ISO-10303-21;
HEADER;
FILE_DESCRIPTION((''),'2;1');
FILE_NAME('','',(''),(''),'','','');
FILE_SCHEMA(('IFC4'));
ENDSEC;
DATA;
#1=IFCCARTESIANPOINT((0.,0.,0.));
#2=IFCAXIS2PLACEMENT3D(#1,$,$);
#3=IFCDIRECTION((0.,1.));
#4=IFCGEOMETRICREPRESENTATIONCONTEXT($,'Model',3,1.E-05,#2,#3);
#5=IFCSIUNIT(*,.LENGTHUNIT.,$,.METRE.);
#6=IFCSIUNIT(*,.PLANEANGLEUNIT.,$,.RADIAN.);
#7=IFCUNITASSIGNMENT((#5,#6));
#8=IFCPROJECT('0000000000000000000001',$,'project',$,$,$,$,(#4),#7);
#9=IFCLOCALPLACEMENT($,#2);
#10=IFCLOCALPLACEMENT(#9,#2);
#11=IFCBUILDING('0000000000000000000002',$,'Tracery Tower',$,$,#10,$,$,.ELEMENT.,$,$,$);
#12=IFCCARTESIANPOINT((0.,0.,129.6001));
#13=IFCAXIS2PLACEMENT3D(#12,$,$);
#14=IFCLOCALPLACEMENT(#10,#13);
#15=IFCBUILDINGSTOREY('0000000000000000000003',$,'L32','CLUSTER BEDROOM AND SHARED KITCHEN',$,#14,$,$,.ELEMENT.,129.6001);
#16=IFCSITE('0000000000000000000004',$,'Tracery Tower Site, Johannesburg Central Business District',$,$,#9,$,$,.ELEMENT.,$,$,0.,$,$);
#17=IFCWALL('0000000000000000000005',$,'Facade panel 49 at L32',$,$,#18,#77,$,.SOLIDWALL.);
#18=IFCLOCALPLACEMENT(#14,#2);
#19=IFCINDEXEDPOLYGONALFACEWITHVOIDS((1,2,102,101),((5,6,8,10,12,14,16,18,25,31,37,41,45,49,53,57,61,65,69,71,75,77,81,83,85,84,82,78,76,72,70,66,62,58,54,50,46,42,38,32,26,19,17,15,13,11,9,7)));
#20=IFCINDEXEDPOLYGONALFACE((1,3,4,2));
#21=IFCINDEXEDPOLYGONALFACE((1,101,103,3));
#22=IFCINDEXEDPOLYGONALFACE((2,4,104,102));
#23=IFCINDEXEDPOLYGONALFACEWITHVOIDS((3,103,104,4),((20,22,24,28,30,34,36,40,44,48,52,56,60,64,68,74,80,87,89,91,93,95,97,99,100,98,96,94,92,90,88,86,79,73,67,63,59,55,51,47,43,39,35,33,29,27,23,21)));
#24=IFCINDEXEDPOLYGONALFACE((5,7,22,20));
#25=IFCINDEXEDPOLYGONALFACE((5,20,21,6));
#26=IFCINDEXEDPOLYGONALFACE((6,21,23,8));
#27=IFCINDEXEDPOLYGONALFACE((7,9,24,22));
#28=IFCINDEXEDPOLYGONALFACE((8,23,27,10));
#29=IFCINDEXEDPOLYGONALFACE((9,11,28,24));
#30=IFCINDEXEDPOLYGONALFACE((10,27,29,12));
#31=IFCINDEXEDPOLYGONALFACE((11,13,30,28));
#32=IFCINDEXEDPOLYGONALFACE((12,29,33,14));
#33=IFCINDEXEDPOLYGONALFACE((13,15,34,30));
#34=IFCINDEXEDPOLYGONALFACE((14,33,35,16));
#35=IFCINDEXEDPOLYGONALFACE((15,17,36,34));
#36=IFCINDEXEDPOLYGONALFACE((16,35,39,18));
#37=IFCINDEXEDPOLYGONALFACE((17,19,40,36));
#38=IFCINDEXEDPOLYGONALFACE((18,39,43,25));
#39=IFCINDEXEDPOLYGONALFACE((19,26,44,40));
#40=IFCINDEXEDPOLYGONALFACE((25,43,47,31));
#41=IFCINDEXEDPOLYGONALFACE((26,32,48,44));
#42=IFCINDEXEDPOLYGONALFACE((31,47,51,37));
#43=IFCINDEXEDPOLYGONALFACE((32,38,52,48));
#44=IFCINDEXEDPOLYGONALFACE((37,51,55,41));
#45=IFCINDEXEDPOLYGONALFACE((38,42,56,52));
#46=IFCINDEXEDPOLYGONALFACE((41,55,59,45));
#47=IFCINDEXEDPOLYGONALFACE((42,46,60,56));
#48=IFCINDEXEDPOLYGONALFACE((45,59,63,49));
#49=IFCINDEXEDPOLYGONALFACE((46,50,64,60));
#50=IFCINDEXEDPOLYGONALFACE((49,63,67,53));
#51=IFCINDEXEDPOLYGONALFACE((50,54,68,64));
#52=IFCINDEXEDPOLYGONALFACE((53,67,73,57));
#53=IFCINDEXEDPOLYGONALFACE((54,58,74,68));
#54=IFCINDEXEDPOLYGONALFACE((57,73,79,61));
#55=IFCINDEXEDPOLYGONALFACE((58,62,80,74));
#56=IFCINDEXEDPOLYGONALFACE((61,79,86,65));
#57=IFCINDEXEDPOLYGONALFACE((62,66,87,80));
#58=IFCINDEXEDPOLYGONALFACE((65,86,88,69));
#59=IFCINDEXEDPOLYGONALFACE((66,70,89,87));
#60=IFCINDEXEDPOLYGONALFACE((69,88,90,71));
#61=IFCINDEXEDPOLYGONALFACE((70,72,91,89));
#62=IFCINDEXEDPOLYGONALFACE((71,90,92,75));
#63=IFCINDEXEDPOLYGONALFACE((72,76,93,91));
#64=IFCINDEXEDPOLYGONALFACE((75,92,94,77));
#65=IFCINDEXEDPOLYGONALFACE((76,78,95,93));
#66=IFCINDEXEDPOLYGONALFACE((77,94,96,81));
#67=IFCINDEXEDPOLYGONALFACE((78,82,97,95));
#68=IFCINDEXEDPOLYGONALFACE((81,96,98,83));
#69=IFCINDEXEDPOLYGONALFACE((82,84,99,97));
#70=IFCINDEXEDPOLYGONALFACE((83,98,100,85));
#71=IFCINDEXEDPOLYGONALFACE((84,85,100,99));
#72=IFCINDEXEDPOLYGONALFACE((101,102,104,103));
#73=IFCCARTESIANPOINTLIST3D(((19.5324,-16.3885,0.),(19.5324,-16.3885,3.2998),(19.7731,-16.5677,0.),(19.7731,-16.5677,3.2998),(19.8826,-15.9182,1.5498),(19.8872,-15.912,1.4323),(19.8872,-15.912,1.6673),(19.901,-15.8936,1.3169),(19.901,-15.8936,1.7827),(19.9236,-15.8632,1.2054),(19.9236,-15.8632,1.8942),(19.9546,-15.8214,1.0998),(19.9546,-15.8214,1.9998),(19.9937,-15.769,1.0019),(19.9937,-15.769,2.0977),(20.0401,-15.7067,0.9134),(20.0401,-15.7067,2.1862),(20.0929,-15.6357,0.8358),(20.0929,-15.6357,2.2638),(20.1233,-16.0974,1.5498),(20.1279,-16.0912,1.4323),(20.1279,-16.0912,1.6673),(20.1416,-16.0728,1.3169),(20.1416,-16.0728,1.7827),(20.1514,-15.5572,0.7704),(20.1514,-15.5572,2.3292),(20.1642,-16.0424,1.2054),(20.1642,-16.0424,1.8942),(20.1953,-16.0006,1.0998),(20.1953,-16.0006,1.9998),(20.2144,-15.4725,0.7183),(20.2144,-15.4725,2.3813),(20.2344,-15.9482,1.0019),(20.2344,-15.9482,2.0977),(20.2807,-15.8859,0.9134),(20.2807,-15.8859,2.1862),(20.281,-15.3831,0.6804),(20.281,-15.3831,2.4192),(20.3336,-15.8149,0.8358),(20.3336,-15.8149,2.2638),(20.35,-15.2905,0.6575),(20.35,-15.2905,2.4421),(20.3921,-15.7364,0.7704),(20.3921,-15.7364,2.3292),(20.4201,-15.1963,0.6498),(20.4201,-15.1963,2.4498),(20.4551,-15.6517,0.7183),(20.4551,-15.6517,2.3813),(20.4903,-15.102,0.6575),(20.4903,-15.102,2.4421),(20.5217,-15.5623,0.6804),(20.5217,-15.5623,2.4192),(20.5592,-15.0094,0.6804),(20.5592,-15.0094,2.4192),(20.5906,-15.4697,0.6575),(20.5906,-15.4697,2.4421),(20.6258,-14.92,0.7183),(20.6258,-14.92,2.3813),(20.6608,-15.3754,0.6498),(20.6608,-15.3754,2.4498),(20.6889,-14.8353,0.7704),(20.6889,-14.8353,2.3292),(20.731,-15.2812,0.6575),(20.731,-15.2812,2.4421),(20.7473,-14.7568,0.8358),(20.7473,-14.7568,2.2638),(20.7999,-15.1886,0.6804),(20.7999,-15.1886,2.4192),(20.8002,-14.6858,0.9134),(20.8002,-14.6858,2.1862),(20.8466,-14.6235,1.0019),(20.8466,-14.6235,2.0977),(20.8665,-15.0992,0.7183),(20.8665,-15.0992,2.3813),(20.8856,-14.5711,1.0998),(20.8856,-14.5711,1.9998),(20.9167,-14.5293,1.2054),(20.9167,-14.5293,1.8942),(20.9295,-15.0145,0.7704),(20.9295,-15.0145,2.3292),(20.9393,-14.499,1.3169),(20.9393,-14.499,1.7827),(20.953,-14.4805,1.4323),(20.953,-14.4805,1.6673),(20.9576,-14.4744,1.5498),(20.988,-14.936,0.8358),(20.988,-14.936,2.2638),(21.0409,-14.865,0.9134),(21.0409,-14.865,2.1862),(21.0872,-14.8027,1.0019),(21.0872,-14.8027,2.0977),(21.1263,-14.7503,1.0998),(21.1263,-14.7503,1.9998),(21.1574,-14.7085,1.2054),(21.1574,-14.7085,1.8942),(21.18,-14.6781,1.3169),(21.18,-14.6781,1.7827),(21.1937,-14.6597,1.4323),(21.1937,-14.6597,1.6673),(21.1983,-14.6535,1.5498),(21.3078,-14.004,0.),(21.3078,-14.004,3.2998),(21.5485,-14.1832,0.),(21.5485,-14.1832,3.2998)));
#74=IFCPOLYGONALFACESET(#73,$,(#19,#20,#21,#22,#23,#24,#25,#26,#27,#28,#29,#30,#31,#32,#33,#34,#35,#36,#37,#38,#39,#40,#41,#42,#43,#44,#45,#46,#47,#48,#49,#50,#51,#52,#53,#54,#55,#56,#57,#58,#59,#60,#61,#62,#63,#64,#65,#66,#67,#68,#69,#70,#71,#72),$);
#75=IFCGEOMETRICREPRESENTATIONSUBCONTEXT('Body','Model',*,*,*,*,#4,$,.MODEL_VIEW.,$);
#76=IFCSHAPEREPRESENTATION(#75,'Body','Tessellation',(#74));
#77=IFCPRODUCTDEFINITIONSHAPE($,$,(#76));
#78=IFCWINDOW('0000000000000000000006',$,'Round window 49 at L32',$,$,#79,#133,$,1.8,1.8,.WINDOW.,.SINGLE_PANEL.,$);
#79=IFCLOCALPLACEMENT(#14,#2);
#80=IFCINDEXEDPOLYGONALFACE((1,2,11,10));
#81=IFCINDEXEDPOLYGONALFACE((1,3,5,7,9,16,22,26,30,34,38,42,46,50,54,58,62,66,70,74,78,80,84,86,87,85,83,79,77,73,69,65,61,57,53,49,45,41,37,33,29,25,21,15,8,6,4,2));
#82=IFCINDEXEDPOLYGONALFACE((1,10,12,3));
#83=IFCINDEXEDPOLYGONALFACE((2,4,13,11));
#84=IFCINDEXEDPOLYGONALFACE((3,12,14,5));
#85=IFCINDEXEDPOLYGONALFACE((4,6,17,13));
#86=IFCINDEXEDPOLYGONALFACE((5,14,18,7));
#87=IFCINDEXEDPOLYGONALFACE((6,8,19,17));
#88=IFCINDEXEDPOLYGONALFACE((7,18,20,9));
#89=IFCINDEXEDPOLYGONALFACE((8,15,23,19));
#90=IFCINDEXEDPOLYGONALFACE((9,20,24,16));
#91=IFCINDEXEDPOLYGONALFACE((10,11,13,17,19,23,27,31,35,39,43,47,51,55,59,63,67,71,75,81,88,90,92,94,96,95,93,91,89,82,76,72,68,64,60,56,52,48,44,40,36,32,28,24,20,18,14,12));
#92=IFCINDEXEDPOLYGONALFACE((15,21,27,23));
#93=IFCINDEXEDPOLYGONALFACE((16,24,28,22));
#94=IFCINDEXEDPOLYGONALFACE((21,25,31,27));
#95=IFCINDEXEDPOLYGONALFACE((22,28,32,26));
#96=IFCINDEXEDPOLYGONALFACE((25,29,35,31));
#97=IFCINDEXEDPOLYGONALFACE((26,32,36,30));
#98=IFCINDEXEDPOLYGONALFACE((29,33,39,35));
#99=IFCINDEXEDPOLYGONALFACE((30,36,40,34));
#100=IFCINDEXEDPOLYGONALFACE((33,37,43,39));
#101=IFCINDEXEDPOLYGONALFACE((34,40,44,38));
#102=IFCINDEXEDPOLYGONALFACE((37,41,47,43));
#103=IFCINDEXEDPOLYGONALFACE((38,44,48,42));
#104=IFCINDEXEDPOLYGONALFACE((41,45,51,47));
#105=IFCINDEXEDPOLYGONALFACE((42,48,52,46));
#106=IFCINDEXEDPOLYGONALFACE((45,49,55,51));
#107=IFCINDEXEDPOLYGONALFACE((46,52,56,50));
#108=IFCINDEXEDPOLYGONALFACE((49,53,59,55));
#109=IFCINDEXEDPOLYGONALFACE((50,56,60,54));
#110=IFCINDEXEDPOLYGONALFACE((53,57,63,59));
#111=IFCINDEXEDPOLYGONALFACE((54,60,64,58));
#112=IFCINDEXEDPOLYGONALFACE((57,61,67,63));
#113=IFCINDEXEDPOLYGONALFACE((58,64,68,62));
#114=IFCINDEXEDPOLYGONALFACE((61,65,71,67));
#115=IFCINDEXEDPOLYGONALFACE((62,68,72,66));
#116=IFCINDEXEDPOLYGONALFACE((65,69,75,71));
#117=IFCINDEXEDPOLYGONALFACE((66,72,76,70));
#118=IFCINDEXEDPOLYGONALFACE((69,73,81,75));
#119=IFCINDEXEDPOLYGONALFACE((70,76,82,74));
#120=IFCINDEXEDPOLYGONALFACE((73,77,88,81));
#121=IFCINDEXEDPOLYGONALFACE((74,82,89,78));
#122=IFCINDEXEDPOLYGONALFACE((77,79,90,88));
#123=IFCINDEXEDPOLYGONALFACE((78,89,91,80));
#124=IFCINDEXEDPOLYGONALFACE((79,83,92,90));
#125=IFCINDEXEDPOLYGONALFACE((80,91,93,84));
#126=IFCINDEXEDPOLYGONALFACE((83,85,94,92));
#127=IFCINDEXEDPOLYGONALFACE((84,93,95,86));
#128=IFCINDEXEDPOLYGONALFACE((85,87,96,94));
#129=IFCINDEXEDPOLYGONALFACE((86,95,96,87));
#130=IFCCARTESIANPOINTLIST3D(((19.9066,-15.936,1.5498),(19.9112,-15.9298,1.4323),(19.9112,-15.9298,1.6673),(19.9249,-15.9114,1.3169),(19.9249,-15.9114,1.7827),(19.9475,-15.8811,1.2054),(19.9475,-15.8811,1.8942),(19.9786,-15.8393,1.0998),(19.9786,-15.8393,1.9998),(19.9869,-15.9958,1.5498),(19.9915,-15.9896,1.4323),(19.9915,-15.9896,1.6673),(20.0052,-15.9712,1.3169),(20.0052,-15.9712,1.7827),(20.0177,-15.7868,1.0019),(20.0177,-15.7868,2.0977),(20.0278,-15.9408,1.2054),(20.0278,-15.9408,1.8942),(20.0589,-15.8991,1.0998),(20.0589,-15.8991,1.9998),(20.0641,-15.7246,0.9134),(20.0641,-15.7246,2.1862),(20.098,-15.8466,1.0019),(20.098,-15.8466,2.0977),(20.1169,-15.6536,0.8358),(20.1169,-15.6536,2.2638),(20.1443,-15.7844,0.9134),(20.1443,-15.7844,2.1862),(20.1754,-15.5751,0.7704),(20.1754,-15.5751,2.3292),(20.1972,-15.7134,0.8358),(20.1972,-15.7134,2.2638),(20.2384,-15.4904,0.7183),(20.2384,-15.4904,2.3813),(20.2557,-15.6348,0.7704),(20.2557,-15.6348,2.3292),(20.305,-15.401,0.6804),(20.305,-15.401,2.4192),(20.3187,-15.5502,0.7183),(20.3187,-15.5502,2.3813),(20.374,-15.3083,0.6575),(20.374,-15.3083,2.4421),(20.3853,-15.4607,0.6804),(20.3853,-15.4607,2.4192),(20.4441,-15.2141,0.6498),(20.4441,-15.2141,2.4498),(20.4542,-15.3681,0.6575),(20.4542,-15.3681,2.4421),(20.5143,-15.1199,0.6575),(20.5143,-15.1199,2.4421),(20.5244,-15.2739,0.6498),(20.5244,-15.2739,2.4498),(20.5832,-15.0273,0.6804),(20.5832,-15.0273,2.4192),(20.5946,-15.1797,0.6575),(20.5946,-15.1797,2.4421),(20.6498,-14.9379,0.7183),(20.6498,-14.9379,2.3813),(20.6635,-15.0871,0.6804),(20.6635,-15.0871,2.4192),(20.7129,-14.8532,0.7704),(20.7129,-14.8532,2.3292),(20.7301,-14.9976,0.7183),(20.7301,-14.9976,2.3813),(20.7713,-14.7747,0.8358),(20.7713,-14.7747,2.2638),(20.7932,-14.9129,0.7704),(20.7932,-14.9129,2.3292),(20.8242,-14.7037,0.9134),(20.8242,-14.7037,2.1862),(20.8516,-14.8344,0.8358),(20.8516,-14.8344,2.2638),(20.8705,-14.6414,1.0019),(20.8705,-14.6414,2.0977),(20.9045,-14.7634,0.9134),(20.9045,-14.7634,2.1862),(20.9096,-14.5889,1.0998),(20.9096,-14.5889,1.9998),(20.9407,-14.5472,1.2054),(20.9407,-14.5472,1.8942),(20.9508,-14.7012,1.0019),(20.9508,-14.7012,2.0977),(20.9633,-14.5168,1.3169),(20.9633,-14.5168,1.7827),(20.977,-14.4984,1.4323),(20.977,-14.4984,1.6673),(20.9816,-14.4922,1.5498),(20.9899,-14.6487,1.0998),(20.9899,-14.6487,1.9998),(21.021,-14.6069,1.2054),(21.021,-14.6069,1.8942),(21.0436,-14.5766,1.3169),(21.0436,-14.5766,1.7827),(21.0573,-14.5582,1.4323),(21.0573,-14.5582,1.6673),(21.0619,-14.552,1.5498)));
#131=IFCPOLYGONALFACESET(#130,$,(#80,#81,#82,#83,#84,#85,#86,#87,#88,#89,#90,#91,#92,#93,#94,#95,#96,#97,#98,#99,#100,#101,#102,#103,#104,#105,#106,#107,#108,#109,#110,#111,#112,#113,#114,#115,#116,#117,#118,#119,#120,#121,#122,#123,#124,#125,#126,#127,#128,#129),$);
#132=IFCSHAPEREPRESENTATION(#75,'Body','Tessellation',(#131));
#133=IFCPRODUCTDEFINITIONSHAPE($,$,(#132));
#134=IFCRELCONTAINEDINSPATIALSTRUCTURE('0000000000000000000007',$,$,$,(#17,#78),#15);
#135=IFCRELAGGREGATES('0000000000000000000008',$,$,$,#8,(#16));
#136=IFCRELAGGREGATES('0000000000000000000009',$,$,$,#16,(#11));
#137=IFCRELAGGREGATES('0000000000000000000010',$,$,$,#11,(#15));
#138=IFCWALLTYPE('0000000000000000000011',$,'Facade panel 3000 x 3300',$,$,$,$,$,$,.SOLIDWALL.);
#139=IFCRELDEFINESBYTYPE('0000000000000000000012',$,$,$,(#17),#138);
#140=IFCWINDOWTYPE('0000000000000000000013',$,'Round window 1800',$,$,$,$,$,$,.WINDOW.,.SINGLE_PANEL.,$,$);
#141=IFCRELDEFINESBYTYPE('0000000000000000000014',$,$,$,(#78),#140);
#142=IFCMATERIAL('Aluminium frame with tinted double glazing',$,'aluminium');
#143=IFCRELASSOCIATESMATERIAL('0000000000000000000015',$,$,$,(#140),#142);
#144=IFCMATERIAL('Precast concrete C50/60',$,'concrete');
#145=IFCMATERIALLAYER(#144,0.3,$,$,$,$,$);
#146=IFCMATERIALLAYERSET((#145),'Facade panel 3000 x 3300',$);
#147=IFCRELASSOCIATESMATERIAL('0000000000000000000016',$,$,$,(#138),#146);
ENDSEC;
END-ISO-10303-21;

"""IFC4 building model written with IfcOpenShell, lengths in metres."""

from ifc_helpers import new_model, si_unit, direction, frame, frame_2d, origin, origin_2d, place, context, subcontext, project, spatial, rectangle, circle, extrude, material, layer, layer_set, type_object, element, fill, save


model = new_model("IFC4")

# Units and contexts
model_context = context("Model", 3, precision=1e-05, world=origin(), true_north=direction((0.0, 1.0)))
body_context = subcontext(model_context, "Body", "Model", "MODEL_VIEW")
ifc_project = project(units=[si_unit("LENGTHUNIT", "METRE"), si_unit("PLANEANGLEUNIT", "RADIAN")], contexts=[model_context])

# Site, building, storey
site_placement = place(None, origin())
site = spatial("IfcSite", under=ifc_project, at=site_placement, Name="Tracery Tower Site, Johannesburg Central Business District", CompositionType="ELEMENT", RefElevation=0.0)
building_placement = place(site_placement, origin())
building = spatial("IfcBuilding", under=site, at=building_placement, Name="Tracery Tower", CompositionType="ELEMENT")
storey_placement = place(building_placement, frame((0.0, 0.0, 129.6001)))
storey = spatial("IfcBuildingStorey", under=building, at=storey_placement, Name="L32", Description="CLUSTER BEDROOM AND SHARED KITCHEN", CompositionType="ELEMENT", Elevation=129.6001)

# Wall, opening, window
ifc_material_1 = material(Name="Aluminium frame with tinted double glazing", Category="aluminium")
window_type = type_object("IfcWindowType", Name="Round window 1800", PartitioningType="SINGLE_PANEL", PredefinedType="WINDOW", material=ifc_material_1)
ifc_material_2 = material(Name="Precast concrete C50/60", Category="concrete")
ifc_layer_1 = layer(ifc_material_2, 0.3)
ifc_layer_set_1 = layer_set([ifc_layer_1], Name="Facade panel 3000 x 3300")
wall_type_1 = type_object("IfcWallType", Name="Facade panel 3000 x 3300", PredefinedType="SOLIDWALL", material=ifc_layer_set_1)
wall_1_placement = place(storey_placement, frame((19.6528, -16.478, 0.0), z_axis=(0.0, 0.0, 1.0), x_axis=(0.597198, 0.802094, 0.0)))
wall_1 = element("IfcWall", 1, at=wall_1_placement, inside=storey, type_object=wall_type_1, Name="Facade panel 49 at L32", PredefinedType="SOLIDWALL", context=body_context, shape_type="SweptSolid", body=[
    extrude(rectangle(XDim=2.9729, YDim=0.3, at=frame_2d((1.4863, 0.0))), origin(), (0.0, 0.0, 1.0), 3.2998),
])
opening_1_placement = place(wall_1_placement, frame((1.4863, 0.0, 1.5498)))
opening_1 = element("IfcOpeningElement", 2, at=opening_1_placement, cuts=wall_1, PredefinedType="OPENING", context=body_context, shape_type="SweptSolid", body=[
    extrude(circle(Radius=0.9, at=origin_2d()), frame((0.0, 0.1599, 0.0), z_axis=(0.0, -1.0, 0.0), x_axis=(1.0, 0.0, 0.0)), (0.0, 0.0, 1.0), 0.3201),
])
window_1_placement = place(opening_1_placement, origin())
window_1 = element("IfcWindow", 3, at=window_1_placement, inside=storey, type_object=window_type, Name="Round window 49 at L32", OverallHeight=1.8, OverallWidth=1.8, PartitioningType="SINGLE_PANEL", PredefinedType="WINDOW", context=body_context, shape_type="SweptSolid", body=[
    extrude(circle(Radius=0.9, at=origin_2d()), frame((0.0, 0.1201, 0.0), z_axis=(0.0, -1.0, 0.0), x_axis=(1.0, 0.0, 0.0)), (0.0, 0.0, 1.0), 0.1001),
])
fill(opening_1, window_1)

save(model, "model.ifc")
